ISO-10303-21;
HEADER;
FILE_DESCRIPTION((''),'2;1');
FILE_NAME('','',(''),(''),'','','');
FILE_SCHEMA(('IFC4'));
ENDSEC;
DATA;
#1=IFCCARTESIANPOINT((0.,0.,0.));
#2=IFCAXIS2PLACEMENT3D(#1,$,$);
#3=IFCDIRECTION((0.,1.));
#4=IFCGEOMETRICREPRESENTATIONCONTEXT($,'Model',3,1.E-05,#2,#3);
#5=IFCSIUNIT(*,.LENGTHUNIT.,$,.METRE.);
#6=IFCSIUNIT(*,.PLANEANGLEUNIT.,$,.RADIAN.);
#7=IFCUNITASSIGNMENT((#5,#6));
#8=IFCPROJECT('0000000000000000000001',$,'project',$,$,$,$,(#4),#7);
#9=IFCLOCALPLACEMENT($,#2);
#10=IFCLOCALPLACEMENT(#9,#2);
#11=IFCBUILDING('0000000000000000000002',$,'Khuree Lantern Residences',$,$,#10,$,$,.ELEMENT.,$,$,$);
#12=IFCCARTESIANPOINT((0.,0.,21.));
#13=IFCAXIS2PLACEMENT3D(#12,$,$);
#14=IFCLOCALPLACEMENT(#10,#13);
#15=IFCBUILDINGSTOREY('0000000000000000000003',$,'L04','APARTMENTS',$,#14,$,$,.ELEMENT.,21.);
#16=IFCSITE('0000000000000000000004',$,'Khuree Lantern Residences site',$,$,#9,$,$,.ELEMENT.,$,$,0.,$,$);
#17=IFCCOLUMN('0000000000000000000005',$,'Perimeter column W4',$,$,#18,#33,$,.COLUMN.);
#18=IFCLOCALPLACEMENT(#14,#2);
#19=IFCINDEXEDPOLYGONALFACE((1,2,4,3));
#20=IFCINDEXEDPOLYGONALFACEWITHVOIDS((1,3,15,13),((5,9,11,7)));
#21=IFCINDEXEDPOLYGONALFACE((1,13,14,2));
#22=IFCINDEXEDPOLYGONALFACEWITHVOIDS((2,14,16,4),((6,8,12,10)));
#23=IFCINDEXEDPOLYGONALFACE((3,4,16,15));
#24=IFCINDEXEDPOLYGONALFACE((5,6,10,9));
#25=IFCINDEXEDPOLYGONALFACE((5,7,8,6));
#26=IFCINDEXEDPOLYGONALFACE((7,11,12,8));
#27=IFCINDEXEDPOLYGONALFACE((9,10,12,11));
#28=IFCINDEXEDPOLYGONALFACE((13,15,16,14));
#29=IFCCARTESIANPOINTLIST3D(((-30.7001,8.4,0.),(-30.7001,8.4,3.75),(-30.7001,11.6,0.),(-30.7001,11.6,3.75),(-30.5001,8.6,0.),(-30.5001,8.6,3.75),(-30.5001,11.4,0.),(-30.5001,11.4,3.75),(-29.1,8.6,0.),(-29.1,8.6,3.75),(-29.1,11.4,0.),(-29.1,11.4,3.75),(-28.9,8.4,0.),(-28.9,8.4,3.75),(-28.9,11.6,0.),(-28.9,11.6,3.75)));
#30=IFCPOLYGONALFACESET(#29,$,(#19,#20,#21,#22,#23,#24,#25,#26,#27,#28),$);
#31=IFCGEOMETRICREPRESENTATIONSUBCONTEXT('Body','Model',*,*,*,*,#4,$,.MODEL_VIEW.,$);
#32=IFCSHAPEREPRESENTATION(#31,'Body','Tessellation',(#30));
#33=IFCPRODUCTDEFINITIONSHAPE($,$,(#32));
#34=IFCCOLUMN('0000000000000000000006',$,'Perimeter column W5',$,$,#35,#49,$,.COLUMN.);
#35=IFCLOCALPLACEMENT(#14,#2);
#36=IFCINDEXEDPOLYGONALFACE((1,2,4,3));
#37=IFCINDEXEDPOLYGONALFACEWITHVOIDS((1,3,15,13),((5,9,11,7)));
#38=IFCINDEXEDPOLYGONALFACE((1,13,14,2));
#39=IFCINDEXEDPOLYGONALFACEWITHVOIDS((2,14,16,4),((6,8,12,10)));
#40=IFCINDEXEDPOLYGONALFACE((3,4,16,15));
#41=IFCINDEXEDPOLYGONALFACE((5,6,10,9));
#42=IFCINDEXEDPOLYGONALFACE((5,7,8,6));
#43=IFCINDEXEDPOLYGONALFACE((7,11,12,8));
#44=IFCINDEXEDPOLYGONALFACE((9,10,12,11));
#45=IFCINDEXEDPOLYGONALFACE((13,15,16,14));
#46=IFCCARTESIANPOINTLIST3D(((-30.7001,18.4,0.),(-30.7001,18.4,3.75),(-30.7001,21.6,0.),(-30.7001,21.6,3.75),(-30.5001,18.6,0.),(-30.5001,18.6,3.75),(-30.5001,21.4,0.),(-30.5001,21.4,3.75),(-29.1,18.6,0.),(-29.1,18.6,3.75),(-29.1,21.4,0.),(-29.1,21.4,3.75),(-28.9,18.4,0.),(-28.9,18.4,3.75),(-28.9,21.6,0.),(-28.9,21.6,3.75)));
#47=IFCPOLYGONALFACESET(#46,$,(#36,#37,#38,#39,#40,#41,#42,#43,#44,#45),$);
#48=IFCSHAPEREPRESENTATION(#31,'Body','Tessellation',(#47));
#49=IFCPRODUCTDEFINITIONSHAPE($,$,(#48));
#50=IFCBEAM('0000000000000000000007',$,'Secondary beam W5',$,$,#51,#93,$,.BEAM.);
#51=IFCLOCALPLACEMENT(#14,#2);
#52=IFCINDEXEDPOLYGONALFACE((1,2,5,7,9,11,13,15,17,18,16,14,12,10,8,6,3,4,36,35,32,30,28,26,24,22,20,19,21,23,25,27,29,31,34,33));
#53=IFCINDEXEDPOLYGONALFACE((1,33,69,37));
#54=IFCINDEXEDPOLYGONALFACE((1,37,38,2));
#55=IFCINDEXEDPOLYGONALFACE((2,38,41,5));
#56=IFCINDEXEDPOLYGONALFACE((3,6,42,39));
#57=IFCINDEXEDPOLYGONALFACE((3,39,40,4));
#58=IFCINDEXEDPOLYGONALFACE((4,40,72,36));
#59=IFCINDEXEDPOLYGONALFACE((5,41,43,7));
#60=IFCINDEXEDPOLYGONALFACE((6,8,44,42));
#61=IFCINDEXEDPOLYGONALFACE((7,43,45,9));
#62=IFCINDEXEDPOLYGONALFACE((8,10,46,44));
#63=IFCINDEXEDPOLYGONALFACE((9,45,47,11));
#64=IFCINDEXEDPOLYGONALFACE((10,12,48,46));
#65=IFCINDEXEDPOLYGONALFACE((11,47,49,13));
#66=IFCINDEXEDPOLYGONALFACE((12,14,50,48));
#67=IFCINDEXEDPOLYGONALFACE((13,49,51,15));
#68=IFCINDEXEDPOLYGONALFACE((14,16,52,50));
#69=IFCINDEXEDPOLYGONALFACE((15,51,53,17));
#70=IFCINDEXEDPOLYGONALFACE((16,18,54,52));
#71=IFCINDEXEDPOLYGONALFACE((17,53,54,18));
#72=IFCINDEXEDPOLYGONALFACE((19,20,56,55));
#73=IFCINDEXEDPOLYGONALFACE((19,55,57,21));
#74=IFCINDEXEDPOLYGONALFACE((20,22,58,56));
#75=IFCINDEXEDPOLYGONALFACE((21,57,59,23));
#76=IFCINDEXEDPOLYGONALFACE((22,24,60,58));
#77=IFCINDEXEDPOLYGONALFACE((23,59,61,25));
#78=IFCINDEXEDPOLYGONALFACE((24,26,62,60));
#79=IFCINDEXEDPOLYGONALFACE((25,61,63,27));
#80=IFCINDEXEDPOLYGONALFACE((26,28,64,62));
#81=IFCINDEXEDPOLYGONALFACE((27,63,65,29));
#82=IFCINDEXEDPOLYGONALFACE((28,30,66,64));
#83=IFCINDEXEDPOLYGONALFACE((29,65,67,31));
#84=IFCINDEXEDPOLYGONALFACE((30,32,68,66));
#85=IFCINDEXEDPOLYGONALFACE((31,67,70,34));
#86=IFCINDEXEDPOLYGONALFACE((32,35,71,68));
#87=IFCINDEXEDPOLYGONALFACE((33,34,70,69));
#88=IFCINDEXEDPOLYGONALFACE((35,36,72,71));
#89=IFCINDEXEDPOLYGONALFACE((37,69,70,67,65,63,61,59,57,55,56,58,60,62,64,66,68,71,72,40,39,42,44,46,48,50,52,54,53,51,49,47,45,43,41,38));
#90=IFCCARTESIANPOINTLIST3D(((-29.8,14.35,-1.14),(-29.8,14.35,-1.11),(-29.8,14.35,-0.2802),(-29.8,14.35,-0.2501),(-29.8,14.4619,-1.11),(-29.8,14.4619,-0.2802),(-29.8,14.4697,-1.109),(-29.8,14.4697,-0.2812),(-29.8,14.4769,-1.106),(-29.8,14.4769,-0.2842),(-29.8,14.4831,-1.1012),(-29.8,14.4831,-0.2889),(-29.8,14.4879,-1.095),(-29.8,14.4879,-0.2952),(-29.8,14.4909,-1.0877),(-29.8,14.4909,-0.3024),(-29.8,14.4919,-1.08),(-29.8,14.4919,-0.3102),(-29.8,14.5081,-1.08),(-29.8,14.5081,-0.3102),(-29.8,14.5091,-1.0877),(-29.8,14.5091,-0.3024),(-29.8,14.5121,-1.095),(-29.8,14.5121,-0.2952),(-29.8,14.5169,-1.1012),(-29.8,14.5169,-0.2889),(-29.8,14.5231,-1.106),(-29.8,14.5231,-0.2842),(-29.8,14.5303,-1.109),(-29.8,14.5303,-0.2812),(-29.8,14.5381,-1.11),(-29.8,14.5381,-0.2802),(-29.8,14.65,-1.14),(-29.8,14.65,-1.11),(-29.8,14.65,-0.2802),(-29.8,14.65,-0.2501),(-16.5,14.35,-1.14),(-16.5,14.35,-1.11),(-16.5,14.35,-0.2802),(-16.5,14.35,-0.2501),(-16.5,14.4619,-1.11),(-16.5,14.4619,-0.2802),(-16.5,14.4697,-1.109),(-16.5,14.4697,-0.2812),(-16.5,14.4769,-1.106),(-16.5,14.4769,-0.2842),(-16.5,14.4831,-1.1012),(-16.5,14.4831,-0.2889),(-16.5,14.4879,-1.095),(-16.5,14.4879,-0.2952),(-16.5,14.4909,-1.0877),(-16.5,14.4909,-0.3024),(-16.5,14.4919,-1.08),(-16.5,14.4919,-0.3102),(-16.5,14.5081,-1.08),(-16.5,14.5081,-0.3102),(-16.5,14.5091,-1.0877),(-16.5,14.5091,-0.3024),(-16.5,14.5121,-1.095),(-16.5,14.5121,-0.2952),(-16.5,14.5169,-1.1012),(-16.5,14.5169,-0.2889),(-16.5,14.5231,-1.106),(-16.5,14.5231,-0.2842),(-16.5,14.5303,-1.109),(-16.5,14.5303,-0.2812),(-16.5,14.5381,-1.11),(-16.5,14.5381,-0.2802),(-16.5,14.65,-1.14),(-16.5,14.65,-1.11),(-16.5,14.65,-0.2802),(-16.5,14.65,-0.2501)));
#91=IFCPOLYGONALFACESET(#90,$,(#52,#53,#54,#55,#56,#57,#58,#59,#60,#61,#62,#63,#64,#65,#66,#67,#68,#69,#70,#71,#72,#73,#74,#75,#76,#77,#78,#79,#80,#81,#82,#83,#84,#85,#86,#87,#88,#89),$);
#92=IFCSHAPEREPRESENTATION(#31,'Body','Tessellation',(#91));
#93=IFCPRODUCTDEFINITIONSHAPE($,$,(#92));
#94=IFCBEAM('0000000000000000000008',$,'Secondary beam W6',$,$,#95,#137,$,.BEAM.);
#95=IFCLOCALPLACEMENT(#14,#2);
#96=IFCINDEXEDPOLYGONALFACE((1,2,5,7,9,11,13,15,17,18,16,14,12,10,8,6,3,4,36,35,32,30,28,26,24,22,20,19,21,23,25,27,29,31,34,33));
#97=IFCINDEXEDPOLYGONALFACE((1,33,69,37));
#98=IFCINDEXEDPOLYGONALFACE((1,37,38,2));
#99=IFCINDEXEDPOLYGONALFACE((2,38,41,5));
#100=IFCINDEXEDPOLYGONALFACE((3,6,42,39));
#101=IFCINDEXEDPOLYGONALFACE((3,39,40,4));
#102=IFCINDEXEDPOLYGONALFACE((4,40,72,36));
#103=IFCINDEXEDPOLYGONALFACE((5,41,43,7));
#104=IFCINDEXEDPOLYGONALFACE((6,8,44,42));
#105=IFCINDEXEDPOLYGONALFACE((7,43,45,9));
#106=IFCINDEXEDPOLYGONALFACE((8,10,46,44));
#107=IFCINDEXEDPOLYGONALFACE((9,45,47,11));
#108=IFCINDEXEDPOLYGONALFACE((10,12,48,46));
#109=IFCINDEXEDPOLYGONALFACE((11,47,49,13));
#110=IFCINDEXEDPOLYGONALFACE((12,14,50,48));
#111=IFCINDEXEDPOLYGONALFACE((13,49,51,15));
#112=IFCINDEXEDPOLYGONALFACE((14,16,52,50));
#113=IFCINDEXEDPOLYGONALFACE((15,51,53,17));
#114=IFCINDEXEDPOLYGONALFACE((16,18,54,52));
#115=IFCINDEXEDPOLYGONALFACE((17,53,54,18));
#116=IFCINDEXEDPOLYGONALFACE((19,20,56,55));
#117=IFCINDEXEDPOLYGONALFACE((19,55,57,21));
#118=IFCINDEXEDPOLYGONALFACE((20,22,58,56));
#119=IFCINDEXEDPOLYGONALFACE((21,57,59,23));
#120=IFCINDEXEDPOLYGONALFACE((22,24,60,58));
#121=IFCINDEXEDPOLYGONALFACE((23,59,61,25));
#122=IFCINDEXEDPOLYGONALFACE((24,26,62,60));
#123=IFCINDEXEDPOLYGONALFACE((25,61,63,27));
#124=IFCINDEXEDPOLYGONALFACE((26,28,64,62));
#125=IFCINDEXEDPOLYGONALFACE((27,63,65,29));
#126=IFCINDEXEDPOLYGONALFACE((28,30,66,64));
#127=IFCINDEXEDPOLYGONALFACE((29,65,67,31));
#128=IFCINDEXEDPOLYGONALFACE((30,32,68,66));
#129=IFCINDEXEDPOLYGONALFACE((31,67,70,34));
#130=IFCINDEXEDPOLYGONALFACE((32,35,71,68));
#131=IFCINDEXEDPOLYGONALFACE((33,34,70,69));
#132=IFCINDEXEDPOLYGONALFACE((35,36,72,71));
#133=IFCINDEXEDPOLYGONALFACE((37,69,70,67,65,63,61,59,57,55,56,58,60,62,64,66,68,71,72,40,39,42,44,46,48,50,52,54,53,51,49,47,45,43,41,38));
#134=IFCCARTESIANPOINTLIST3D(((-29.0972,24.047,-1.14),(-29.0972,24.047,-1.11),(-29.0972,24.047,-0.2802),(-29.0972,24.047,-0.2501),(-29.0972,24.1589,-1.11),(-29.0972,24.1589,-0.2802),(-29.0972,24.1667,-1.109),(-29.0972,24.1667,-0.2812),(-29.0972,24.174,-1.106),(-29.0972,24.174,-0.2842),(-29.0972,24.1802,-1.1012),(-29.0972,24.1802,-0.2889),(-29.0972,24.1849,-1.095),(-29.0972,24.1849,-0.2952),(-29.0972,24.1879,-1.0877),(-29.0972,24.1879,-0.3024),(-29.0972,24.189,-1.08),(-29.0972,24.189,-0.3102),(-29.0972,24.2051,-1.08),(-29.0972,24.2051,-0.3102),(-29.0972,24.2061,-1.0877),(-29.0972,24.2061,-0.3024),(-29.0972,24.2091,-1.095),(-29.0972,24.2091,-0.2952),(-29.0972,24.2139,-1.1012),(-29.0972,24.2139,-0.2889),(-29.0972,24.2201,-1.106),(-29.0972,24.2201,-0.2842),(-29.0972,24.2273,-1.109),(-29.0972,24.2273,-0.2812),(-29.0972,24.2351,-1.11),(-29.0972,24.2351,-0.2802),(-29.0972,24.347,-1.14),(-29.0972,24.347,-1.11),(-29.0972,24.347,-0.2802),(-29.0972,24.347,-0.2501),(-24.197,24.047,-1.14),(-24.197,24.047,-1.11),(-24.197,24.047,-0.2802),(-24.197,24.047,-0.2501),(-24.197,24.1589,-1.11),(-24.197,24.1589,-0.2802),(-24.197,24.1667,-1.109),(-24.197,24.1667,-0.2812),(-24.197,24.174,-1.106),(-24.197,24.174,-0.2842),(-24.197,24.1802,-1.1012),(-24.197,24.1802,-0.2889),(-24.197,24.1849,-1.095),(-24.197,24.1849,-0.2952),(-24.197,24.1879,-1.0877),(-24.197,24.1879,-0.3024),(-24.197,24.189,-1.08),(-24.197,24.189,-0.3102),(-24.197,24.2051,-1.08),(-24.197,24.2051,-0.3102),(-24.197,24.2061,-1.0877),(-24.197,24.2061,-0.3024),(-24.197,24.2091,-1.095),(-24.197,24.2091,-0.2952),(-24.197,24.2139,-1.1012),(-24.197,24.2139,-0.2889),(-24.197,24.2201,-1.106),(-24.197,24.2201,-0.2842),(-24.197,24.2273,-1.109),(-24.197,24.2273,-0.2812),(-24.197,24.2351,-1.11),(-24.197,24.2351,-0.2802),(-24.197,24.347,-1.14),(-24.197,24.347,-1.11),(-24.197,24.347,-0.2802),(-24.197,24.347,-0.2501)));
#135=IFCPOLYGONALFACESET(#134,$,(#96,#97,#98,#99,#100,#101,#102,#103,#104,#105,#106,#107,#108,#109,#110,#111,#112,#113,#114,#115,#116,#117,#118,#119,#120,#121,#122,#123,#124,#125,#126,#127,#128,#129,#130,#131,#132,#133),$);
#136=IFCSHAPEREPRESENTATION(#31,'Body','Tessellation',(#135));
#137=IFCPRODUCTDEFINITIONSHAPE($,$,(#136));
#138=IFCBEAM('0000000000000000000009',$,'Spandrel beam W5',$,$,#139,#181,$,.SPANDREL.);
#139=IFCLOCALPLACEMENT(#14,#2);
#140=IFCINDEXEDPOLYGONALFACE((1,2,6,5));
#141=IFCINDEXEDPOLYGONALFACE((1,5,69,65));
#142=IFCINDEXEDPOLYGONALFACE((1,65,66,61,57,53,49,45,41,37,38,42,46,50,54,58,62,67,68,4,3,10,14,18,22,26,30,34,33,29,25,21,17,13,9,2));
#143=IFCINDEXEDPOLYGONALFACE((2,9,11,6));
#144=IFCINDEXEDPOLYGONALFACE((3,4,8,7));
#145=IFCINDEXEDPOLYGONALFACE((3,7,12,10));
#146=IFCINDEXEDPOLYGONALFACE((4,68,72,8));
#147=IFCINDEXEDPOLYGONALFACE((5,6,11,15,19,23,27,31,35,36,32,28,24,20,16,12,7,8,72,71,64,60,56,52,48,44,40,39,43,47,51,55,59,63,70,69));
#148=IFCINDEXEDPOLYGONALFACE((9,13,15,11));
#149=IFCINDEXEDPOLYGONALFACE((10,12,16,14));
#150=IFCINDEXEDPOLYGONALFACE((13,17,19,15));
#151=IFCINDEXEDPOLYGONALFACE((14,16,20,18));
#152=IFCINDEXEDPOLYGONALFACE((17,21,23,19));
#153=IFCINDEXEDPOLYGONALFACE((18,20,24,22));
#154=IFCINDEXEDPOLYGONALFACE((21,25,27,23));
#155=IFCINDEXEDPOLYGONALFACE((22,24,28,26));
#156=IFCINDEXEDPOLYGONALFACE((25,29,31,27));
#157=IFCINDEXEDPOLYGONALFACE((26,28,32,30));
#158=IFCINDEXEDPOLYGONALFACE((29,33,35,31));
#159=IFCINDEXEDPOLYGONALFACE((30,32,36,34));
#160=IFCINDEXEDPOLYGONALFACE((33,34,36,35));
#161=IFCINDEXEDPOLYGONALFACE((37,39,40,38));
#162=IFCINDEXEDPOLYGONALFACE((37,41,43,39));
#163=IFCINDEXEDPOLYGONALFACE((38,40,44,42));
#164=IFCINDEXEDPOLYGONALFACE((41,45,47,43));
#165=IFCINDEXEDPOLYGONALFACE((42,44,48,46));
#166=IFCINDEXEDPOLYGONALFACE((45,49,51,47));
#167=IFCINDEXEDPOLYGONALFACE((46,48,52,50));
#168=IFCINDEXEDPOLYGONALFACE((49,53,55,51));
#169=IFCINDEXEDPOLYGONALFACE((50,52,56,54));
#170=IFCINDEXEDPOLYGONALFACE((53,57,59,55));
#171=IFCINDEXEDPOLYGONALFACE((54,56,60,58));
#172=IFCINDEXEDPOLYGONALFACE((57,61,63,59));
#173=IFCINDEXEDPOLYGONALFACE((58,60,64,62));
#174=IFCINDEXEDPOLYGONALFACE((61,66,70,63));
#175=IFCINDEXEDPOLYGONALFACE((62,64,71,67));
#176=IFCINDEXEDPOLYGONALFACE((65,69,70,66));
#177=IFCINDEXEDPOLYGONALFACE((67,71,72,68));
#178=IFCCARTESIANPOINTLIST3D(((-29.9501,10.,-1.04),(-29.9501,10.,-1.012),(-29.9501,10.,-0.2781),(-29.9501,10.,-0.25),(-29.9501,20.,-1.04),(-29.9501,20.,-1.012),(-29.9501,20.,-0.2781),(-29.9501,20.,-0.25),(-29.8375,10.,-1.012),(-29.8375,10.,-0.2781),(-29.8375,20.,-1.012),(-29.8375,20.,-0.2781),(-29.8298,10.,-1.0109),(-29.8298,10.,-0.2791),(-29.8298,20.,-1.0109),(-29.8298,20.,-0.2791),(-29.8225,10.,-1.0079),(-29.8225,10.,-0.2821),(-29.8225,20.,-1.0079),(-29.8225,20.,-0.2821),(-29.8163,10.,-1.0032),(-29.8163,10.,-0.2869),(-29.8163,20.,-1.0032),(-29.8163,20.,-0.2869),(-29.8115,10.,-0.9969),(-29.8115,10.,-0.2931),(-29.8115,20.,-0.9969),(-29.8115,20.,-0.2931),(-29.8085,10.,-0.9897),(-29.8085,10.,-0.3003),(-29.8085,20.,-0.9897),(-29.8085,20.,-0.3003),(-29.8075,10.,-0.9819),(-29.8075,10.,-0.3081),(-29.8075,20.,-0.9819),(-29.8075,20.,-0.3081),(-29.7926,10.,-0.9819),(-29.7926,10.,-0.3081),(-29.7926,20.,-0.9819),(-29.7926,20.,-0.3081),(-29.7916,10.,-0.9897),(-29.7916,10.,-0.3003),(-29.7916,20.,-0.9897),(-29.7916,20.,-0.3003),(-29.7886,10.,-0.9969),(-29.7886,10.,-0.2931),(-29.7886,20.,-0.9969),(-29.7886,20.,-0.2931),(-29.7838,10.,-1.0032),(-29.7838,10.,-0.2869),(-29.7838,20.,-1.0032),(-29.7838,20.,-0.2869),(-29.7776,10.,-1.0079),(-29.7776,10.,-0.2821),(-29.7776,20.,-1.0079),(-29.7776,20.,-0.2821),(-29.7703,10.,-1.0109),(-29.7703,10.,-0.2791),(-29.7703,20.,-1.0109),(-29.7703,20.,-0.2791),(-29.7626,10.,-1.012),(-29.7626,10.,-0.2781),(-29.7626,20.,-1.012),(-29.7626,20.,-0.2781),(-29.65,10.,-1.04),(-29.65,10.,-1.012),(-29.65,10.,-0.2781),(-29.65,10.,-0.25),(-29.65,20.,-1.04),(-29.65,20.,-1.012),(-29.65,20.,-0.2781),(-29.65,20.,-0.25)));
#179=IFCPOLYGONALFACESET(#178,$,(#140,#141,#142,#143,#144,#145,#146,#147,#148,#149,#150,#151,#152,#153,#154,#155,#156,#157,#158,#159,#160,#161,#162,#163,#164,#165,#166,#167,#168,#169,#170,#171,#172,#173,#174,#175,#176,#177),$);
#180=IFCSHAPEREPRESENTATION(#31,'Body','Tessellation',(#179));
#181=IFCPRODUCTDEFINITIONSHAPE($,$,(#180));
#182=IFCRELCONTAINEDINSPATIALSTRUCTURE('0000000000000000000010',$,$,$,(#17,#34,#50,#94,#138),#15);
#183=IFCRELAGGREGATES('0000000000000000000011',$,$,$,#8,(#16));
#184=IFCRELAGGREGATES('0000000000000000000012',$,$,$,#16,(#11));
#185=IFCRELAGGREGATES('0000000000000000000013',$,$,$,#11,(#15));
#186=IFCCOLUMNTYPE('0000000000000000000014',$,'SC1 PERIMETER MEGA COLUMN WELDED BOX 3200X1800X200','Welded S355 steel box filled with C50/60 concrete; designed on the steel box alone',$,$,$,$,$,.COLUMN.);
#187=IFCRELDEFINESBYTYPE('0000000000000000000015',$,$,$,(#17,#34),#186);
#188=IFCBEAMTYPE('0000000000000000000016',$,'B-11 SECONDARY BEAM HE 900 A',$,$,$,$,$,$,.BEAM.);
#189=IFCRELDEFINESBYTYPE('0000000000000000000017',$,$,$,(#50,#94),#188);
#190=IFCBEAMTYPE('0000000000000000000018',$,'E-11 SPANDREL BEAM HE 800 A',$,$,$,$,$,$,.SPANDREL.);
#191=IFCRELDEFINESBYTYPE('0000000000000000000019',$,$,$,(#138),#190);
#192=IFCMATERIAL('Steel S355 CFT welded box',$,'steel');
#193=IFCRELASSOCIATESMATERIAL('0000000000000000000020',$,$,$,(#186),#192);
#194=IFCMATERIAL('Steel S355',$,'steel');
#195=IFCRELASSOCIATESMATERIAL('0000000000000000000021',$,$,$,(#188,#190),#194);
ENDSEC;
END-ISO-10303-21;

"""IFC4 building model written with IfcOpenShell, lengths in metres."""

from ifc_helpers import new_model, si_unit, direction, frame, origin, origin_2d, place, context, subcontext, project, spatial, hollow_rectangle, i_section, extrude, material, material_profile, profile_set, type_object, element, save


model = new_model("IFC4")

# Units and contexts
model_context = context("Model", 3, precision=1e-05, world=origin(), true_north=direction((0.0, 1.0)))
body_context = subcontext(model_context, "Body", "Model", "MODEL_VIEW")
ifc_project = project(units=[si_unit("LENGTHUNIT", "METRE"), si_unit("PLANEANGLEUNIT", "RADIAN")], contexts=[model_context])

# Site, building, storey
site_placement = place(None, origin())
site = spatial("IfcSite", under=ifc_project, at=site_placement, Name="Khuree Lantern Residences site", CompositionType="ELEMENT", RefElevation=0.0)
building_placement = place(site_placement, origin())
building = spatial("IfcBuilding", under=site, at=building_placement, Name="Khuree Lantern Residences", CompositionType="ELEMENT")
storey_placement = place(building_placement, frame((0.0, 0.0, 21.0)))
storey = spatial("IfcBuildingStorey", under=building, at=storey_placement, Name="L04", Description="APARTMENTS", CompositionType="ELEMENT", Elevation=21.0)

# Columns
ifc_material_1 = material(Name="Steel S355 CFT welded box", Category="steel")
ifc_material_profile_1 = material_profile(ifc_material_1, hollow_rectangle(XDim=3.2, YDim=1.8, WallThickness=0.2, at=origin_2d()), Name="WELDED BOX 3200X1800X200")
ifc_profile_set_1 = profile_set([ifc_material_profile_1], Name="Steel S355 CFT welded box")
column_type = type_object("IfcColumnType", Name="SC1 PERIMETER MEGA COLUMN WELDED BOX 3200X1800X200", Description="Welded S355 steel box filled with C50/60 concrete; designed on the steel box alone", PredefinedType="COLUMN", material=ifc_profile_set_1)
for number, where, z_axis, x_axis, name in (
    (1, (-29.8, 10.0, 0.0), (0.0, 0.0, 1.0), (0.0, 1.0, 0.0), "Perimeter column W4"),
    (2, (-29.8, 20.0, 0.0), (0.0, 0.0, 1.0), (0.0, 1.0, 0.0), "Perimeter column W5"),
):
    element("IfcColumn", number, at=place(storey_placement, frame(where, z_axis=z_axis, x_axis=x_axis)), inside=storey, type_object=column_type, Name=name, PredefinedType="COLUMN", context=body_context, shape_type="SweptSolid", body=[
        extrude(hollow_rectangle(XDim=3.2, YDim=1.8, WallThickness=0.2, at=origin_2d()), origin(), (0.0, 0.0, 1.0), 3.75),
    ])

# Beams
ifc_material_2 = material(Name="Steel S355", Category="steel")
ifc_material_profile_2 = material_profile(ifc_material_2, i_section(OverallWidth=0.3, OverallDepth=0.8899, WebThickness=0.0161, FlangeThickness=0.03, FilletRadius=0.03, at=origin_2d()), Name="HE 900 A")
ifc_profile_set_2 = profile_set([ifc_material_profile_2], Name="Steel S355")
beam_type_1 = type_object("IfcBeamType", Name="B-11 SECONDARY BEAM HE 900 A", PredefinedType="BEAM", material=ifc_profile_set_2)
beam_1_placement = place(storey_placement, frame((-29.8, 14.5, -0.6951), z_axis=(1.0, 0.0, 0.0), x_axis=(0.0, 1.0, 0.0)))
element("IfcBeam", 3, at=beam_1_placement, inside=storey, type_object=beam_type_1, Name="Secondary beam W5", PredefinedType="BEAM", context=body_context, shape_type="SweptSolid", body=[
    extrude(i_section(OverallWidth=0.3, OverallDepth=0.8899, WebThickness=0.0161, FlangeThickness=0.03, FilletRadius=0.03, at=origin_2d()), origin(), (0.0, 0.0, 1.0), 13.3),
])
beam_2_placement = place(storey_placement, frame((-29.0972, 24.197, -0.6951), z_axis=(1.0, 0.0, 0.0), x_axis=(0.0, 1.0, 0.0)))
element("IfcBeam", 4, at=beam_2_placement, inside=storey, type_object=beam_type_1, Name="Secondary beam W6", PredefinedType="BEAM", context=body_context, shape_type="SweptSolid", body=[
    extrude(i_section(OverallWidth=0.3, OverallDepth=0.8899, WebThickness=0.0161, FlangeThickness=0.03, FilletRadius=0.03, at=origin_2d()), origin(), (0.0, 0.0, 1.0), 4.9001),
])
ifc_material_profile_3 = material_profile(ifc_material_2, i_section(OverallWidth=0.3, OverallDepth=0.79, WebThickness=0.0149, FlangeThickness=0.0281, FilletRadius=0.03, at=origin_2d()), Name="HE 800 A")
ifc_profile_set_3 = profile_set([ifc_material_profile_3], Name="Steel S355")
beam_type_2 = type_object("IfcBeamType", Name="E-11 SPANDREL BEAM HE 800 A", PredefinedType="SPANDREL", material=ifc_profile_set_3)
beam_3_placement = place(storey_placement, frame((-29.8, 10.0, -0.645), z_axis=(0.0, 1.0, 0.0), x_axis=(-1.0, 0.0, 0.0)))
element("IfcBeam", 5, at=beam_3_placement, inside=storey, type_object=beam_type_2, Name="Spandrel beam W5", PredefinedType="SPANDREL", context=body_context, shape_type="SweptSolid", body=[
    extrude(i_section(OverallWidth=0.3, OverallDepth=0.79, WebThickness=0.0149, FlangeThickness=0.0281, FilletRadius=0.03, at=origin_2d()), origin(), (0.0, 0.0, 1.0), 10.0),
])

save(model, "model.ifc")
